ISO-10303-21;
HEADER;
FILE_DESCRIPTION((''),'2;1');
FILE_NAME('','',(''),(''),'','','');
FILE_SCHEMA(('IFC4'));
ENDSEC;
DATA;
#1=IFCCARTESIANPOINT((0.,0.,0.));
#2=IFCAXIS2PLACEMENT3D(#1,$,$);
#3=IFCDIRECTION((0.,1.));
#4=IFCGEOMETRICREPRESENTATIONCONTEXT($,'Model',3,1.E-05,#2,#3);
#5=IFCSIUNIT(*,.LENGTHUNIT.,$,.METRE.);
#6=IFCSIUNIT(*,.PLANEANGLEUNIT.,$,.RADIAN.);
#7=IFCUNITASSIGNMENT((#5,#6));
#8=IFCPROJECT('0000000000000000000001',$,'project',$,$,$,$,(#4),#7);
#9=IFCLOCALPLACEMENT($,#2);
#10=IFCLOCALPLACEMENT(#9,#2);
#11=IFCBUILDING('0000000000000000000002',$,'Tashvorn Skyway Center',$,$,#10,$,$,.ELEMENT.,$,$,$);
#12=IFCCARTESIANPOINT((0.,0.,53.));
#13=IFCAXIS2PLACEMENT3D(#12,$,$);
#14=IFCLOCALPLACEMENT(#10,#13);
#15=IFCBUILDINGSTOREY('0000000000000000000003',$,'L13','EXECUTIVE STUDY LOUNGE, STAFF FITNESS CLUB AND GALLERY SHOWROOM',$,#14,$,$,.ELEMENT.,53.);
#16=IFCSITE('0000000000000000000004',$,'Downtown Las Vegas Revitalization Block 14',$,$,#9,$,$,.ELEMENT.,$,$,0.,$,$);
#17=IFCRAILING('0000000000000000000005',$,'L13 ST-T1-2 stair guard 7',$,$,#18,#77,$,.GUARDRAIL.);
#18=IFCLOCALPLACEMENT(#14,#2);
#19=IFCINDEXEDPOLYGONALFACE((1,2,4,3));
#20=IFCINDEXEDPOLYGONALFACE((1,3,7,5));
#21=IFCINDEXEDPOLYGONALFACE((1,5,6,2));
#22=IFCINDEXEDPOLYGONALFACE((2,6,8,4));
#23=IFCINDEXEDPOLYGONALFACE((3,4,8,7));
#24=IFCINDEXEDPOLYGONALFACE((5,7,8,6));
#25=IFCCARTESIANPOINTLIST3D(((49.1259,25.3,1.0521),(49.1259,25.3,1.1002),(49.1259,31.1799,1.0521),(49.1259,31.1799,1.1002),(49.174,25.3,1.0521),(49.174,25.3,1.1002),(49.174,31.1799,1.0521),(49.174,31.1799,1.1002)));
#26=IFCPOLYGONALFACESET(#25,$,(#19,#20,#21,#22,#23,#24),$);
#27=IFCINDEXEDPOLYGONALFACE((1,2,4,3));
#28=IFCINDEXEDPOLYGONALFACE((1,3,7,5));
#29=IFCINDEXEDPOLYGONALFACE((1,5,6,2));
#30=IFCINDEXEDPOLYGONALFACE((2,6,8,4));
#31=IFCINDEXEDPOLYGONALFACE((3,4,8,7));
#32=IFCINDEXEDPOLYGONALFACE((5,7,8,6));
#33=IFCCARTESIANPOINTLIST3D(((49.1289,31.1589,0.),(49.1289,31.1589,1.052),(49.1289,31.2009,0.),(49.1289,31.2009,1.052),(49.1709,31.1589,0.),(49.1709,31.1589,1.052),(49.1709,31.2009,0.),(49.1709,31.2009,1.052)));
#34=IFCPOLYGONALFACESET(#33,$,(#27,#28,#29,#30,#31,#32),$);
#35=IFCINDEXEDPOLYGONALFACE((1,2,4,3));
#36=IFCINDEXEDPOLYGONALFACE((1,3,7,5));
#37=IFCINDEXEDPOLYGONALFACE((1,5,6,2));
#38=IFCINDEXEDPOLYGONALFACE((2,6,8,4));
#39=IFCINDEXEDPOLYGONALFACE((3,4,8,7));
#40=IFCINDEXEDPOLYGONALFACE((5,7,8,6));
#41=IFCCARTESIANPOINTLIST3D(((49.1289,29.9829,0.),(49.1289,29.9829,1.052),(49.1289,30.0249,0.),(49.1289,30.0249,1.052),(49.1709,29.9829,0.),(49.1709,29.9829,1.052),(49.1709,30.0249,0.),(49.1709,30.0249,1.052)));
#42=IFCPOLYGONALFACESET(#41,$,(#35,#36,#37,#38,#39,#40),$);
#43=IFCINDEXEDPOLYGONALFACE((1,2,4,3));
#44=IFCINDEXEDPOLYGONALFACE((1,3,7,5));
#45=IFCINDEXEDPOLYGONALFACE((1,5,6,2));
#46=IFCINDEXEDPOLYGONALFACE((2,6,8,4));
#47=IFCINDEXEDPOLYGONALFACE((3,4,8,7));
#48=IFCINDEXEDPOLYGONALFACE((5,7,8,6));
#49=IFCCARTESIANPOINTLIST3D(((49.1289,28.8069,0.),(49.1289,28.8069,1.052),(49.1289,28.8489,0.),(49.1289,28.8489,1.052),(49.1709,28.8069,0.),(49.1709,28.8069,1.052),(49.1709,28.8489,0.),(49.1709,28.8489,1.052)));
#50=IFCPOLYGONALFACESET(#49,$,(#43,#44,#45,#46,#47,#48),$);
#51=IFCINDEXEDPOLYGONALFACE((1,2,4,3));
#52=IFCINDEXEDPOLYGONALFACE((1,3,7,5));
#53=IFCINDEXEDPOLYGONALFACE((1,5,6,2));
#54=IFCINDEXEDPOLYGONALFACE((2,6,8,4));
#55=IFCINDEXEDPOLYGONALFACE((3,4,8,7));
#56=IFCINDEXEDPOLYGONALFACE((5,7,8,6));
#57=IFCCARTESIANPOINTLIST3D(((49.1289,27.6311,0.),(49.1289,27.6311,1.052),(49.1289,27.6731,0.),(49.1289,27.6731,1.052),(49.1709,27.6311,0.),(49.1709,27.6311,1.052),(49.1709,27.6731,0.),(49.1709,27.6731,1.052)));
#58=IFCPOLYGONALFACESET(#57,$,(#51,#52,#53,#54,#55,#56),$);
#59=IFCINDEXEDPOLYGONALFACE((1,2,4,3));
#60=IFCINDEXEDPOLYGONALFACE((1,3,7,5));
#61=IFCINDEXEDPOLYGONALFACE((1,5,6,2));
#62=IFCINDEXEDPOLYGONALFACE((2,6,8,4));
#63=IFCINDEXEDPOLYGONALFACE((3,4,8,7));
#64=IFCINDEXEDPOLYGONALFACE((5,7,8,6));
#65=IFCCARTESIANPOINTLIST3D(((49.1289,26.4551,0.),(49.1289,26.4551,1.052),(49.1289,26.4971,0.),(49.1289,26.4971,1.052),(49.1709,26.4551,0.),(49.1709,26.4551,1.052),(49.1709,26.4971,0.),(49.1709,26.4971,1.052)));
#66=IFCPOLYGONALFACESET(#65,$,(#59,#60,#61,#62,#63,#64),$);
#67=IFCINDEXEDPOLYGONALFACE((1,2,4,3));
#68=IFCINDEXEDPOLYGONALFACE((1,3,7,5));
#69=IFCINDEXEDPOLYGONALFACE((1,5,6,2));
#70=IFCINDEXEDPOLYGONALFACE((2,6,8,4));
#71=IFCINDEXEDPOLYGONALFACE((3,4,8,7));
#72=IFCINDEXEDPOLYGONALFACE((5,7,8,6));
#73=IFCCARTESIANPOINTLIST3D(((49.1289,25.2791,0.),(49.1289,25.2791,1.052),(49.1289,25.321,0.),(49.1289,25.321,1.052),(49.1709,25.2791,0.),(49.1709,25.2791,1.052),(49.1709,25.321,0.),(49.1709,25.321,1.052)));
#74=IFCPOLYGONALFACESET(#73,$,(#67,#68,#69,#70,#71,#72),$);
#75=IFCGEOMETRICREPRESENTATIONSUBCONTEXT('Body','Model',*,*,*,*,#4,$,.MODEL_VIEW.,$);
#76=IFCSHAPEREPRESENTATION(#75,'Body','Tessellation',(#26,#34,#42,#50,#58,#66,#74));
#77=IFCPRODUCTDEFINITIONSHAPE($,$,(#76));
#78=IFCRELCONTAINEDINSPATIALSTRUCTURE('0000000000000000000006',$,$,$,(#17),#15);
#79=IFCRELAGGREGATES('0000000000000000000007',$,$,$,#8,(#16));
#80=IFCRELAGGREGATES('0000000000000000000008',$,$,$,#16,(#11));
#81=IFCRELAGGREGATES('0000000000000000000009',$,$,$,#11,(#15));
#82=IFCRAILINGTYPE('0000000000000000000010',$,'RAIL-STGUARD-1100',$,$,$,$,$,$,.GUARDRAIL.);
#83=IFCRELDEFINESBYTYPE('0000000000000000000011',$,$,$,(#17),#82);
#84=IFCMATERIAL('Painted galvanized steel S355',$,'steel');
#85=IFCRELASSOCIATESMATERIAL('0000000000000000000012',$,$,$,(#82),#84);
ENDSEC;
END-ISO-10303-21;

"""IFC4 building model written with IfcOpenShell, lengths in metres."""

from ifc_helpers import new_model, si_unit, direction, frame, origin, origin_2d, place, context, subcontext, project, spatial, rectangle, extrude, material, type_object, element, save


model = new_model("IFC4")

# Units and contexts
model_context = context("Model", 3, precision=1e-05, world=origin(), true_north=direction((0.0, 1.0)))
body_context = subcontext(model_context, "Body", "Model", "MODEL_VIEW")
ifc_project = project(units=[si_unit("LENGTHUNIT", "METRE"), si_unit("PLANEANGLEUNIT", "RADIAN")], contexts=[model_context])

# Site, building, storey
site_placement = place(None, origin())
site = spatial("IfcSite", under=ifc_project, at=site_placement, Name="Downtown Las Vegas Revitalization Block 14", CompositionType="ELEMENT", RefElevation=0.0)
building_placement = place(site_placement, origin())
building = spatial("IfcBuilding", under=site, at=building_placement, Name="Tashvorn Skyway Center", CompositionType="ELEMENT")
storey_placement = place(building_placement, frame((0.0, 0.0, 53.0)))
storey = spatial("IfcBuildingStorey", under=building, at=storey_placement, Name="L13", Description="EXECUTIVE STUDY LOUNGE, STAFF FITNESS CLUB AND GALLERY SHOWROOM", CompositionType="ELEMENT", Elevation=53.0)

# Railing
ifc_material_1 = material(Name="Painted galvanized steel S355", Category="steel")
railing_type_1 = type_object("IfcRailingType", Name="RAIL-STGUARD-1100", PredefinedType="GUARDRAIL", material=ifc_material_1)
railing_1_placement = place(storey_placement, frame((49.1499, 31.1799, 0.0)))
element("IfcRailing", 1, at=railing_1_placement, inside=storey, type_object=railing_type_1, Name="L13 ST-T1-2 stair guard 7", PredefinedType="GUARDRAIL", context=body_context, shape_type="SweptSolid", body=[
    extrude(rectangle(XDim=0.0481, YDim=0.0481, at=origin_2d()), frame((0.0, 0.0, 1.0762), z_axis=(0.0, -1.0, 0.0), x_axis=(1.0, 0.0, 0.0)), (0.0, 0.0, 1.0), 5.8799),
    extrude(rectangle(XDim=0.042, YDim=0.042, at=origin_2d()), origin(), (0.0, 0.0, 1.0), 1.052),
    extrude(rectangle(XDim=0.042, YDim=0.042, at=origin_2d()), frame((0.0, -1.176, 0.0)), (0.0, 0.0, 1.0), 1.052),
    extrude(rectangle(XDim=0.042, YDim=0.042, at=origin_2d()), frame((0.0, -2.3521, 0.0)), (0.0, 0.0, 1.0), 1.052),
    extrude(rectangle(XDim=0.042, YDim=0.042, at=origin_2d()), frame((0.0, -3.5278, 0.0)), (0.0, 0.0, 1.0), 1.052),
    extrude(rectangle(XDim=0.042, YDim=0.042, at=origin_2d()), frame((0.0, -4.7039, 0.0)), (0.0, 0.0, 1.0), 1.052),
    extrude(rectangle(XDim=0.042, YDim=0.042, at=origin_2d()), frame((0.0, -5.8799, 0.0)), (0.0, 0.0, 1.0), 1.052),
])

save(model, "model.ifc")
